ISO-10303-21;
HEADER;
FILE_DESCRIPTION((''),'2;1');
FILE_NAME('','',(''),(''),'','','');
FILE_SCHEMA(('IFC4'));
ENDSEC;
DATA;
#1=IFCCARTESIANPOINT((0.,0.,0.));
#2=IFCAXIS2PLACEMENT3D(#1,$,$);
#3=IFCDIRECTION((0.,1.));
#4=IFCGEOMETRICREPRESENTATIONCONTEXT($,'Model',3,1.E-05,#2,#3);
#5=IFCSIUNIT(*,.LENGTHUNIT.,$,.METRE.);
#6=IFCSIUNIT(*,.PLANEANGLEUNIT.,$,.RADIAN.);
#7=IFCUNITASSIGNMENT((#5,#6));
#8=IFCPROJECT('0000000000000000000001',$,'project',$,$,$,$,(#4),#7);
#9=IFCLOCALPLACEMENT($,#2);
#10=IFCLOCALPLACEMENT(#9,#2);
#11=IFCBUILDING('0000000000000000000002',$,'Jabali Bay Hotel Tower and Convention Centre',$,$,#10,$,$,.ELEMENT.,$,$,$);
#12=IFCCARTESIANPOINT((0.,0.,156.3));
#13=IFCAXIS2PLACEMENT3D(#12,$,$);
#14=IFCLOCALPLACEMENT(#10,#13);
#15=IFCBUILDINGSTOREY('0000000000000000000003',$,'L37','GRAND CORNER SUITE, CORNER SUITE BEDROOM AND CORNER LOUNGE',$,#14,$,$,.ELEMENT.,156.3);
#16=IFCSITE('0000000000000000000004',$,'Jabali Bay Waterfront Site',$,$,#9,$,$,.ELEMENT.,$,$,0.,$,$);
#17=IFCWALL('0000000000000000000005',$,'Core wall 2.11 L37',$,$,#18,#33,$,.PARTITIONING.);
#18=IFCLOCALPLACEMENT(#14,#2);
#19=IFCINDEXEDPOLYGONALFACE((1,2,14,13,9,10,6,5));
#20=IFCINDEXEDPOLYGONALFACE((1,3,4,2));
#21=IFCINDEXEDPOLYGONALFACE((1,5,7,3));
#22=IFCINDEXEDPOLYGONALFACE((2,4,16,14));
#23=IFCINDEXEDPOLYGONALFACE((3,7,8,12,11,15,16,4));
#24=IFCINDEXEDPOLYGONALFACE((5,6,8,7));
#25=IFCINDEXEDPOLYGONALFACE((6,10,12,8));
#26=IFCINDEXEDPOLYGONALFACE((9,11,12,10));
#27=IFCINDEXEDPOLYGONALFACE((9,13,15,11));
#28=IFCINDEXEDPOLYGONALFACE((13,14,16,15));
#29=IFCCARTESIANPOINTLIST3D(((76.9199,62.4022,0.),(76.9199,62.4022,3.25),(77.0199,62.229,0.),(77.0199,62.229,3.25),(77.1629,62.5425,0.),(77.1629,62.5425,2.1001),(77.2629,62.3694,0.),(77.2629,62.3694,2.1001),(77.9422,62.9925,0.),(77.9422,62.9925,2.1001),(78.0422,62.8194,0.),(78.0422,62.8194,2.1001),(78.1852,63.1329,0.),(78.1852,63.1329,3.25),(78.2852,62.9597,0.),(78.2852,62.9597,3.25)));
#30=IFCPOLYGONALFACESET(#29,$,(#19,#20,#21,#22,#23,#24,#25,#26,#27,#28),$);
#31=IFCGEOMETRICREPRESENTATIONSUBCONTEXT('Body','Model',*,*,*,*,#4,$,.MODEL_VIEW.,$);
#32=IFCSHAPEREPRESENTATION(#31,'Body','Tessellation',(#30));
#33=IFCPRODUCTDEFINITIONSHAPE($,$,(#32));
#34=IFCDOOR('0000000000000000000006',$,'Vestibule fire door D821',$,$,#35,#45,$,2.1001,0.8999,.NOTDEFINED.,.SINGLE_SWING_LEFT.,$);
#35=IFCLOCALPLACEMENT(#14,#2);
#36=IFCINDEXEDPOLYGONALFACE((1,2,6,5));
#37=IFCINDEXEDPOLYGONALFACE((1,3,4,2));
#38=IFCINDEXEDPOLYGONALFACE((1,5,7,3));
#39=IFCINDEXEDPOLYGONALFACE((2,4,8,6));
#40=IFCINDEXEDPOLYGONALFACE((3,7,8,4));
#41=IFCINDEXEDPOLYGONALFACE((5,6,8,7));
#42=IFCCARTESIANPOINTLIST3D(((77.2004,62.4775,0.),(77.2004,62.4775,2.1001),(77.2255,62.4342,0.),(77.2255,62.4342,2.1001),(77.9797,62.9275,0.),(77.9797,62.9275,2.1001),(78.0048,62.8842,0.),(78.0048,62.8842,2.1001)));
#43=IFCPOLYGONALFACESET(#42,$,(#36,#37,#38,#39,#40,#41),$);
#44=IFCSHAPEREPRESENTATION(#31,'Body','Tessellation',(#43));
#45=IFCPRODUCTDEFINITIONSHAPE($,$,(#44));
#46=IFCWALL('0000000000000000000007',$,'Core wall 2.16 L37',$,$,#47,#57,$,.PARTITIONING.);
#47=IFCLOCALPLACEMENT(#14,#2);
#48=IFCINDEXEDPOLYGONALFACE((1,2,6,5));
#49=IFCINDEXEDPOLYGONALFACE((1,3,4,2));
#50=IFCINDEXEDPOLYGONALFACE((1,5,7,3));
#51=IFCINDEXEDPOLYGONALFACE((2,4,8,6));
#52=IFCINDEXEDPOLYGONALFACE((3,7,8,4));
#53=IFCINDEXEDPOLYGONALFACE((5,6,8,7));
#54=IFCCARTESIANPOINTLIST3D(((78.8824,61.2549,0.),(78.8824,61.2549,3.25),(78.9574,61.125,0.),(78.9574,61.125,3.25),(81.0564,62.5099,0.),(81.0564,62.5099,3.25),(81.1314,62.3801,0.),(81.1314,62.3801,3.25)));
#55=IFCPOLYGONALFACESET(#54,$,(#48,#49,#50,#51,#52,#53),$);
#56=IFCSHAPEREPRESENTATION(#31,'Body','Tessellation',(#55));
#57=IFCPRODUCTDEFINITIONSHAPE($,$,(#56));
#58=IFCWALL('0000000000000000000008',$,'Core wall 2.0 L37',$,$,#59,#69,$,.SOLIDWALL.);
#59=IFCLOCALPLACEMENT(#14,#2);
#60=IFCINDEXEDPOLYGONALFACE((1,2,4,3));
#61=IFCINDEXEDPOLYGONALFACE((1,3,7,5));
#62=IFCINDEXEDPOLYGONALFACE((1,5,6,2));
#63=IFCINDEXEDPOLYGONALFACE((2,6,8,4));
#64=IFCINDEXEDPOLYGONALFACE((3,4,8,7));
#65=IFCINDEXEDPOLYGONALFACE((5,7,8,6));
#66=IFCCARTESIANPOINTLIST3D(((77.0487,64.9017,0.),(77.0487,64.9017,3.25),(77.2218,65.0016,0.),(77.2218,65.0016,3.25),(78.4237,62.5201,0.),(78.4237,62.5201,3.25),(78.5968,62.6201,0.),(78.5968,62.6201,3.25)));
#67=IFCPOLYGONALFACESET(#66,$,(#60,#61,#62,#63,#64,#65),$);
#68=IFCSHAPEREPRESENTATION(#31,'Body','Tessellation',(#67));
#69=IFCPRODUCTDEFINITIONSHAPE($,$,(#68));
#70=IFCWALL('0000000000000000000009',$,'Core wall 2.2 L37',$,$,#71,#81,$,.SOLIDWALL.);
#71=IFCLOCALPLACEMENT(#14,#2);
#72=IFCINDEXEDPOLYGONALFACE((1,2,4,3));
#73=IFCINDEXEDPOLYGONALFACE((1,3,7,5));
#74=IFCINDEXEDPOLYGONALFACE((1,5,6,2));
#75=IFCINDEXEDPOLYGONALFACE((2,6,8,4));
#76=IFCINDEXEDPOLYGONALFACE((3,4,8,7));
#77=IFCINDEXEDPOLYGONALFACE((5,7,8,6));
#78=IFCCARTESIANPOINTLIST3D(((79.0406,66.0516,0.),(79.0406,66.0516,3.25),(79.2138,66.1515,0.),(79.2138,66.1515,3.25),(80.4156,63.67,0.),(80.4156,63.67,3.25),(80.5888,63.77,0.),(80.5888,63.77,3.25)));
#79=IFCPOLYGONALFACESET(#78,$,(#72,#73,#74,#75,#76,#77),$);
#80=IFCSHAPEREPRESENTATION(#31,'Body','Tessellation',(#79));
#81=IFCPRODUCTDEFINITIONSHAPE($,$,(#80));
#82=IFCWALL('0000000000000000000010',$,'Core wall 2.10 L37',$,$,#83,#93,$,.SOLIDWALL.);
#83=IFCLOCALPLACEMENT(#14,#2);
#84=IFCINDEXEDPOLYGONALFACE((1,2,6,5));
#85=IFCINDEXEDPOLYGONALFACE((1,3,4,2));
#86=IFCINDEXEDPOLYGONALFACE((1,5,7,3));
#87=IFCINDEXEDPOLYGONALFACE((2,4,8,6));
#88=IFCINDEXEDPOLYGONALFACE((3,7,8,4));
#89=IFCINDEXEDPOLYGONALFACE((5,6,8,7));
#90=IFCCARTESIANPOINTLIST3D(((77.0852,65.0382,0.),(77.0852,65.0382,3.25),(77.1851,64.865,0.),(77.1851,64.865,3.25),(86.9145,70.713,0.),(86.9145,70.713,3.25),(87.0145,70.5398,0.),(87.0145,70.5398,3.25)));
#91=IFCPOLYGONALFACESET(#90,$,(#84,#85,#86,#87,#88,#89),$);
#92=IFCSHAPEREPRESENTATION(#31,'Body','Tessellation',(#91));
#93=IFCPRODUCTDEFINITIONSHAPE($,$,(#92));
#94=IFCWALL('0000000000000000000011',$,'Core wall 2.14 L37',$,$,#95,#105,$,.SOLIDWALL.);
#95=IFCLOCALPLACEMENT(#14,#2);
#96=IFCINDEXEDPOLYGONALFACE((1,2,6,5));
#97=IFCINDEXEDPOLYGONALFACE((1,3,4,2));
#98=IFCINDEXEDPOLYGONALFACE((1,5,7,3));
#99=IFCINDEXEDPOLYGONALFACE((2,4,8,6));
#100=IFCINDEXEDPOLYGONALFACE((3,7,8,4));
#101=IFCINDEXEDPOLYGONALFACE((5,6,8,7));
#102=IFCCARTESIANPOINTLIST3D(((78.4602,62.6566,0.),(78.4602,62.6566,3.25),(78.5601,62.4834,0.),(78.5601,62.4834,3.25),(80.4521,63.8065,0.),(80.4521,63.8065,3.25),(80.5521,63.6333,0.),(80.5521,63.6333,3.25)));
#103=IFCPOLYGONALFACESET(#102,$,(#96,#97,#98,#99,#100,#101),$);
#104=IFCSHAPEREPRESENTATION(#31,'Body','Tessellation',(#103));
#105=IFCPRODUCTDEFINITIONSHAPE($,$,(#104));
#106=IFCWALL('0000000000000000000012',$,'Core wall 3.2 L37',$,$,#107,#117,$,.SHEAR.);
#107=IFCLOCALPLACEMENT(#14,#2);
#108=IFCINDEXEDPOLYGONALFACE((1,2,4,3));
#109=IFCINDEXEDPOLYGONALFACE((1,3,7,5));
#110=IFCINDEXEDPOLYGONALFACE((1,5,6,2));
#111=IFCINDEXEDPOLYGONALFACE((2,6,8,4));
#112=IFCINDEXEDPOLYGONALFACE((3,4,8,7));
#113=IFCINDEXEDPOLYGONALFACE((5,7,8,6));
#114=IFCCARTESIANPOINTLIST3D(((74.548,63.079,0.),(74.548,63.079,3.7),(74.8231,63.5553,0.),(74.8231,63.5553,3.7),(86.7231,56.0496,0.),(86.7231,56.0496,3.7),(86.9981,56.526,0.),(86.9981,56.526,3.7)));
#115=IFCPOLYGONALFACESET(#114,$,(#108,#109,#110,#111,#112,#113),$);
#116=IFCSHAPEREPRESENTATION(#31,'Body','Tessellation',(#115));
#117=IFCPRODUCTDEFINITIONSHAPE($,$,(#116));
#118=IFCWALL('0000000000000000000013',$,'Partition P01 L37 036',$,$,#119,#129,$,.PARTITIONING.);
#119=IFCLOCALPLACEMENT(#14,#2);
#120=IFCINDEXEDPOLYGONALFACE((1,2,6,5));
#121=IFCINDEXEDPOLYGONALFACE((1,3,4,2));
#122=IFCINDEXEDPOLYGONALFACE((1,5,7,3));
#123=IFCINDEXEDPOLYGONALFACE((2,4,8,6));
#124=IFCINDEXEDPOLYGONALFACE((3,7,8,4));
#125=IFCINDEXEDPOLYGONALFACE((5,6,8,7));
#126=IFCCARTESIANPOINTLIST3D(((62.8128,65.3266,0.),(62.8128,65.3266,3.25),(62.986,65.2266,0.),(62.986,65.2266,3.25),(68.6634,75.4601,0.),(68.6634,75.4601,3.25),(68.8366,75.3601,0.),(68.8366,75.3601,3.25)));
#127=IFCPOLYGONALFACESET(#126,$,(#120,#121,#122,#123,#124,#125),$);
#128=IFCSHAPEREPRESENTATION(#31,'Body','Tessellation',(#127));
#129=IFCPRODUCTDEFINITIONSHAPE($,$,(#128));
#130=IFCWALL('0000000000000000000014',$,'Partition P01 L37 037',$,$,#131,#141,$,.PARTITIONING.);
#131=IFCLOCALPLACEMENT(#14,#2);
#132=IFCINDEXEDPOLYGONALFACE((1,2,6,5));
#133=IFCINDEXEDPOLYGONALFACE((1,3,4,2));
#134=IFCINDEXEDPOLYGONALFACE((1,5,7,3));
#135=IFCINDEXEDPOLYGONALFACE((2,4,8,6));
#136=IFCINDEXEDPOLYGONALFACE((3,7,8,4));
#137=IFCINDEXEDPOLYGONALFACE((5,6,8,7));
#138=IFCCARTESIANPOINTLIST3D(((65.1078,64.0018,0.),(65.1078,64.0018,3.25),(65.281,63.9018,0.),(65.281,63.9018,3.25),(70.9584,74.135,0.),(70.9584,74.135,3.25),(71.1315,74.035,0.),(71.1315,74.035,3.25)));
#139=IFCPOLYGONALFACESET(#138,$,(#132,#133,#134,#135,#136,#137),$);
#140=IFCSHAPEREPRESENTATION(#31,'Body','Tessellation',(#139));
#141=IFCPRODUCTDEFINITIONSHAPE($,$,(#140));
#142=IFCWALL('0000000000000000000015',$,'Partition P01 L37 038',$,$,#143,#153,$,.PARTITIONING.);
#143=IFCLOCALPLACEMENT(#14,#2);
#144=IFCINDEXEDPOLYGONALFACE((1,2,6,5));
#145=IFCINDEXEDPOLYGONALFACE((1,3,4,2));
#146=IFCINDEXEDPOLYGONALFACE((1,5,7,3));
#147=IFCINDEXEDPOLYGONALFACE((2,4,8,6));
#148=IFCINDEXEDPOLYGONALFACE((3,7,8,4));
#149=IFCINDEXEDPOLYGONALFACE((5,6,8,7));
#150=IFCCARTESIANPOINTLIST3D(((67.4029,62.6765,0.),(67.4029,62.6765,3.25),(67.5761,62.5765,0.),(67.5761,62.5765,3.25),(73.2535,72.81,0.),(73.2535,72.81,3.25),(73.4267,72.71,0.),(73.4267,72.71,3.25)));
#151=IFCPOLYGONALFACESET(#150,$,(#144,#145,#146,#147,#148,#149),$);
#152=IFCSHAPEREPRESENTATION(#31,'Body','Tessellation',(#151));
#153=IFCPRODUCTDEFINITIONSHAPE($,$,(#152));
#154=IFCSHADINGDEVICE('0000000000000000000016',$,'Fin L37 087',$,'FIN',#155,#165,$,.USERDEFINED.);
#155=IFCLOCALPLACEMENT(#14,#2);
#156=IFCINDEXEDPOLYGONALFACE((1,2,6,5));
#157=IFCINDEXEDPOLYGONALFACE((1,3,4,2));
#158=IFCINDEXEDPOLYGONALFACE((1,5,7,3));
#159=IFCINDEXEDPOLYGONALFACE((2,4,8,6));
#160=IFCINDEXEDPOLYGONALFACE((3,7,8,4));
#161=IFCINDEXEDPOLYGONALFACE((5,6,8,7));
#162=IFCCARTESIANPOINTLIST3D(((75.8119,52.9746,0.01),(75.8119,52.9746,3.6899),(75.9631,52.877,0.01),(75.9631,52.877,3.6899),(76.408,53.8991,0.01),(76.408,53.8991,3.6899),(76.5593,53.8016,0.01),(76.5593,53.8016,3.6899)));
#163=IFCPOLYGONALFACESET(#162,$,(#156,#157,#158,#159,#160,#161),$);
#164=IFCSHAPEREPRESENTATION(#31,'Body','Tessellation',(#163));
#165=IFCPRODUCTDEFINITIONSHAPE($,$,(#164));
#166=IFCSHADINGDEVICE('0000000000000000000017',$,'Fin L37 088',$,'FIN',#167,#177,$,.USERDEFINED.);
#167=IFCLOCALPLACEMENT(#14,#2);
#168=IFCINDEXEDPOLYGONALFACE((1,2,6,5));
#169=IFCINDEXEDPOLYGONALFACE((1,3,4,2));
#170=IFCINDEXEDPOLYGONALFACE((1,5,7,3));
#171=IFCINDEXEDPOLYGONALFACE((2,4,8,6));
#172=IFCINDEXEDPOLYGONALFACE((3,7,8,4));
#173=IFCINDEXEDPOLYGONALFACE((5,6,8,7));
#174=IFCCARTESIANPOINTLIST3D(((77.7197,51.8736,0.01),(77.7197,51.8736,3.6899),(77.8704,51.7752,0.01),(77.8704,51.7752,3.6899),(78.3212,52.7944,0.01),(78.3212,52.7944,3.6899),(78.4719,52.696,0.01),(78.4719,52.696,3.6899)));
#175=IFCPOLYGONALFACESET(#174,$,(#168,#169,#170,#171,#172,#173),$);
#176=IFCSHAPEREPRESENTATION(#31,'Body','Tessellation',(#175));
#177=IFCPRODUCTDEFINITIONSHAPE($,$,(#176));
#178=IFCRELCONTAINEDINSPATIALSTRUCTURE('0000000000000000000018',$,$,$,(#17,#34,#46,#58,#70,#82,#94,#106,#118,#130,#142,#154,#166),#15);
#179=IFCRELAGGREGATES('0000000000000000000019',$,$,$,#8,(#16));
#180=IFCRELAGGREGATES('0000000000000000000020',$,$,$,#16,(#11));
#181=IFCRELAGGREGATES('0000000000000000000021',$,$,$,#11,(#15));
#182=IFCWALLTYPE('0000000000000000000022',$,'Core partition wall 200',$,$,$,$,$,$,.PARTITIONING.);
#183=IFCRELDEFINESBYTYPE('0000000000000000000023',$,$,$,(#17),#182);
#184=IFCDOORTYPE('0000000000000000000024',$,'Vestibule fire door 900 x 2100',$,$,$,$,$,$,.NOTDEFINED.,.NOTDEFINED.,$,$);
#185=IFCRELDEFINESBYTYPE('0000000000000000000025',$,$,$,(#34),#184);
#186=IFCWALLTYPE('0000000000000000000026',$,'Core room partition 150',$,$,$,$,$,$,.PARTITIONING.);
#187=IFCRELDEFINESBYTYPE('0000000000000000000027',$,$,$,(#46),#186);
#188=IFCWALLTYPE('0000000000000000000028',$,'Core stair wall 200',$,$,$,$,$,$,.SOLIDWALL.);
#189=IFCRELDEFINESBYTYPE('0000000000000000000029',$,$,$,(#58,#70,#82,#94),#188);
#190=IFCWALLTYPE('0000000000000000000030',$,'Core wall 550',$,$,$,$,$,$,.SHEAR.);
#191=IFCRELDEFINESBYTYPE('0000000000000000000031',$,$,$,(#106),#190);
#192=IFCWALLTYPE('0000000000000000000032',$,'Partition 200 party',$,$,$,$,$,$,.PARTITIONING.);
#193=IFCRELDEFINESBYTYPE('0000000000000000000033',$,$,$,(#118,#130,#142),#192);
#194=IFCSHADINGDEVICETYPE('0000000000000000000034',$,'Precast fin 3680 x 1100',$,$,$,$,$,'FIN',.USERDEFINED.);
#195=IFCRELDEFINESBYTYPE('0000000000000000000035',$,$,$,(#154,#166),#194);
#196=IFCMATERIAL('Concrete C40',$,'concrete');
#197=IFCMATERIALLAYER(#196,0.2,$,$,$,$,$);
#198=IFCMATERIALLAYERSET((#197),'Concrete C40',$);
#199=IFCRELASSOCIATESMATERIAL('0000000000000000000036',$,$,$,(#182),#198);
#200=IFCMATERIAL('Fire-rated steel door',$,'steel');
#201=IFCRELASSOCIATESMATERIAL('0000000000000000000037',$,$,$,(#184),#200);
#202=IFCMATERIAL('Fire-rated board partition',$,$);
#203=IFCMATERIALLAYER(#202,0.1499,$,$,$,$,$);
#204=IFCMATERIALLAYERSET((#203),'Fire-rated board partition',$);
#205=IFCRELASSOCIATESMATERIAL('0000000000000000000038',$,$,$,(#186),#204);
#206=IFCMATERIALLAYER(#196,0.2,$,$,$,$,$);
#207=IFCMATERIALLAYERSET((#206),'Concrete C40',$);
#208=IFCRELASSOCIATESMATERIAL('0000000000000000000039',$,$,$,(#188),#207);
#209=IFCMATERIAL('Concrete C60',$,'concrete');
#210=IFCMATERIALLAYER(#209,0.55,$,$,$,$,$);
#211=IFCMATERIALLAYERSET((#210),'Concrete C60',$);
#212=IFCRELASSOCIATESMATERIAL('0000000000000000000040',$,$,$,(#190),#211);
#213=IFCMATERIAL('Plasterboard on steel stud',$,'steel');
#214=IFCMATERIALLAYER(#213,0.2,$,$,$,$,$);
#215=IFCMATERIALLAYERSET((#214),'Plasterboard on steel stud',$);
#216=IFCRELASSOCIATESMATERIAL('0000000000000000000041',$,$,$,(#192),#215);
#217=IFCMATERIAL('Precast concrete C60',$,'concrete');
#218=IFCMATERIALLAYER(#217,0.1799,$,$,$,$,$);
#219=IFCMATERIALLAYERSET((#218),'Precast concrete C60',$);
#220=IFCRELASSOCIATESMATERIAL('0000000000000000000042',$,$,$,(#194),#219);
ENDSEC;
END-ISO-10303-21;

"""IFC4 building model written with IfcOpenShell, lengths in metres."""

from ifc_helpers import new_model, si_unit, direction, frame, frame_2d, origin, place, context, subcontext, project, spatial, rectangle, extrude, material, layer, layer_set, type_object, element, fill, save


model = new_model("IFC4")

# Units and contexts
model_context = context("Model", 3, precision=1e-05, world=origin(), true_north=direction((0.0, 1.0)))
body_context = subcontext(model_context, "Body", "Model", "MODEL_VIEW")
ifc_project = project(units=[si_unit("LENGTHUNIT", "METRE"), si_unit("PLANEANGLEUNIT", "RADIAN")], contexts=[model_context])

# Site, building, storey
site_placement = place(None, origin())
site = spatial("IfcSite", under=ifc_project, at=site_placement, Name="Jabali Bay Waterfront Site", CompositionType="ELEMENT", RefElevation=0.0)
building_placement = place(site_placement, origin())
building = spatial("IfcBuilding", under=site, at=building_placement, Name="Jabali Bay Hotel Tower and Convention Centre", CompositionType="ELEMENT")
storey_placement = place(building_placement, frame((0.0, 0.0, 156.3)))
storey = spatial("IfcBuildingStorey", under=building, at=storey_placement, Name="L37", Description="GRAND CORNER SUITE, CORNER SUITE BEDROOM AND CORNER LOUNGE", CompositionType="ELEMENT", Elevation=156.3)

# Shared definitions
ifc_material_1 = material(Name="Concrete C60", Category="concrete")

# Shared definitions
ifc_material_2 = material(Name="Concrete C40", Category="concrete")

# Wall, opening, door
ifc_layer_1 = layer(ifc_material_2, 0.2)
ifc_layer_set_1 = layer_set([ifc_layer_1], Name="Concrete C40")
wall_type_1 = type_object("IfcWallType", Name="Core partition wall 200", PredefinedType="PARTITIONING", material=ifc_layer_set_1)
wall_1_placement = place(storey_placement, frame((76.97, 62.3157, 0.0), z_axis=(0.0, 0.0, 1.0), x_axis=(0.865982, 0.500074, 0.0)))
wall_1 = element("IfcWall", 1, at=wall_1_placement, inside=storey, type_object=wall_type_1, Name="Core wall 2.11 L37", PredefinedType="PARTITIONING", context=body_context, shape_type="SweptSolid", body=[
    extrude(rectangle(XDim=1.4612, YDim=0.2, at=frame_2d((0.7305, 0.0))), origin(), (0.0, 0.0, 1.0), 3.25),
])
opening_placement = place(wall_1_placement, frame((0.2805, 0.0, 0.0)))
opening = element("IfcOpeningElement", 2, at=opening_placement, cuts=wall_1, PredefinedType="OPENING", context=body_context, shape_type="SweptSolid", body=[
    extrude(rectangle(XDim=0.8999, YDim=2.1001, at=frame_2d((0.45, 1.05))), frame((0.0, 0.1104, 0.0), z_axis=(0.0, -1.0, 0.0), x_axis=(1.0, 0.0, 0.0)), (0.0, 0.0, 1.0), 0.2209),
])
ifc_material_3 = material(Name="Fire-rated steel door", Category="steel")
door_type = type_object("IfcDoorType", Name="Vestibule fire door 900 x 2100", OperationType="NOTDEFINED", PredefinedType="NOTDEFINED", material=ifc_material_3)
door_placement = place(opening_placement, origin())
door = element("IfcDoor", 3, at=door_placement, inside=storey, type_object=door_type, Name="Vestibule fire door D821", OperationType="SINGLE_SWING_LEFT", OverallHeight=2.1001, OverallWidth=0.8999, PredefinedType="NOTDEFINED", context=body_context, shape_type="SweptSolid", body=[
    extrude(rectangle(XDim=0.8999, YDim=2.1001, at=frame_2d((0.45, 1.05))), frame((0.0, 0.0249, 0.0), z_axis=(0.0, -1.0, 0.0), x_axis=(1.0, 0.0, 0.0)), (0.0, 0.0, 1.0), 0.05),
])
fill(opening, door)

# Walls
ifc_material_4 = material(Name="Fire-rated board partition")
ifc_layer_2 = layer(ifc_material_4, 0.1499)
ifc_layer_set_2 = layer_set([ifc_layer_2], Name="Fire-rated board partition")
wall_type_2 = type_object("IfcWallType", Name="Core room partition 150", PredefinedType="PARTITIONING", material=ifc_layer_set_2)
wall_2_placement = place(storey_placement, frame((78.9199, 61.1899, 0.0), z_axis=(0.0, 0.0, 1.0), x_axis=(0.866038, 0.499978, 0.0)))
element("IfcWall", 4, at=wall_2_placement, inside=storey, type_object=wall_type_2, Name="Core wall 2.16 L37", PredefinedType="PARTITIONING", context=body_context, shape_type="SweptSolid", body=[
    extrude(rectangle(XDim=2.5103, YDim=0.1499, at=frame_2d((1.2551, 0.0))), origin(), (0.0, 0.0, 1.0), 3.25),
])
ifc_layer_3 = layer(ifc_material_2, 0.2)
ifc_layer_set_3 = layer_set([ifc_layer_3], Name="Concrete C40")
wall_type_3 = type_object("IfcWallType", Name="Core stair wall 200", PredefinedType="SOLIDWALL", material=ifc_layer_set_3)
for number, where, z_axis, x_axis, name in (
    (5, (77.1353, 64.9517, 0.0), (0.0, 0.0, 1.0), (0.499997, -0.866027, 0.0), "Core wall 2.0 L37"),
    (6, (79.1272, 66.1016, 0.0), (0.0, 0.0, 1.0), (0.499997, -0.866027, 0.0), "Core wall 2.2 L37"),
):
    element("IfcWall", number, at=place(storey_placement, frame(where, z_axis=z_axis, x_axis=x_axis)), inside=storey, type_object=wall_type_3, Name=name, PredefinedType="SOLIDWALL", context=body_context, shape_type="SweptSolid", body=[
        extrude(rectangle(XDim=2.75, YDim=0.2, at=frame_2d((1.375, 0.0))), origin(), (0.0, 0.0, 1.0), 3.25),
    ])
wall_3_placement = place(storey_placement, frame((77.1353, 64.9517, 0.0), z_axis=(0.0, 0.0, 1.0), x_axis=(0.866032, 0.499989, 0.0)))
element("IfcWall", 7, at=wall_3_placement, inside=storey, type_object=wall_type_3, Name="Core wall 2.10 L37", PredefinedType="SOLIDWALL", context=body_context, shape_type="SweptSolid", body=[
    extrude(rectangle(XDim=11.3499, YDim=0.2, at=frame_2d((5.6748, 0.0))), origin(), (0.0, 0.0, 1.0), 3.25),
])
wall_4_placement = place(storey_placement, frame((78.5103, 62.5701, 0.0), z_axis=(0.0, 0.0, 1.0), x_axis=(0.866053, 0.499952, 0.0)))
element("IfcWall", 8, at=wall_4_placement, inside=storey, type_object=wall_type_3, Name="Core wall 2.14 L37", PredefinedType="SOLIDWALL", context=body_context, shape_type="SweptSolid", body=[
    extrude(rectangle(XDim=2.3, YDim=0.2, at=frame_2d((1.1499, 0.0))), origin(), (0.0, 0.0, 1.0), 3.25),
])
ifc_layer_4 = layer(ifc_material_1, 0.55)
ifc_layer_set_4 = layer_set([ifc_layer_4], Name="Concrete C60")
wall_type_4 = type_object("IfcWallType", Name="Core wall 550", PredefinedType="SHEAR", material=ifc_layer_set_4)
wall_5_placement = place(storey_placement, frame((74.6855, 63.3171, 0.0), z_axis=(0.0, 0.0, 1.0), x_axis=(0.866025, -0.500002, 0.0)))
element("IfcWall", 9, at=wall_5_placement, inside=storey, type_object=wall_type_4, Name="Core wall 3.2 L37", PredefinedType="SHEAR", context=body_context, shape_type="SweptSolid", body=[
    extrude(rectangle(XDim=14.0586, YDim=0.55, at=frame_2d((7.0293, 0.0))), origin(), (0.0, 0.0, 1.0), 3.7),
])
ifc_material_5 = material(Name="Plasterboard on steel stud", Category="steel")
ifc_layer_5 = layer(ifc_material_5, 0.2)
ifc_layer_set_5 = layer_set([ifc_layer_5], Name="Plasterboard on steel stud")
wall_type_5 = type_object("IfcWallType", Name="Partition 200 party", PredefinedType="PARTITIONING", material=ifc_layer_set_5)
wall_6_placement = place(storey_placement, frame((62.8994, 65.2766, 0.0), z_axis=(0.0, 0.0, 1.0), x_axis=(0.499999, 0.866026, 0.0)))
element("IfcWall", 10, at=wall_6_placement, inside=storey, type_object=wall_type_5, Name="Partition P01 L37 036", PredefinedType="PARTITIONING", context=body_context, shape_type="SweptSolid", body=[
    extrude(rectangle(XDim=11.7012, YDim=0.2, at=frame_2d((5.8506, 0.0))), origin(), (0.0, 0.0, 1.0), 3.25),
])
wall_7_placement = place(storey_placement, frame((65.1943, 63.9517, 0.0), z_axis=(0.0, 0.0, 1.0), x_axis=(0.500008, 0.866021, 0.0)))
element("IfcWall", 11, at=wall_7_placement, inside=storey, type_object=wall_type_5, Name="Partition P01 L37 037", PredefinedType="PARTITIONING", context=body_context, shape_type="SweptSolid", body=[
    extrude(rectangle(XDim=11.7009, YDim=0.2, at=frame_2d((5.8506, 0.0))), origin(), (0.0, 0.0, 1.0), 3.25),
])
wall_8_placement = place(storey_placement, frame((67.4895, 62.6265, 0.0), z_axis=(0.0, 0.0, 1.0), x_axis=(0.499999, 0.866026, 0.0)))
element("IfcWall", 12, at=wall_8_placement, inside=storey, type_object=wall_type_5, Name="Partition P01 L37 038", PredefinedType="PARTITIONING", context=body_context, shape_type="SweptSolid", body=[
    extrude(rectangle(XDim=11.7012, YDim=0.2, at=frame_2d((5.8506, 0.0))), origin(), (0.0, 0.0, 1.0), 3.25),
])

# Shading devices
ifc_material_6 = material(Name="Precast concrete C60", Category="concrete")
ifc_layer_6 = layer(ifc_material_6, 0.1799)
ifc_layer_set_6 = layer_set([ifc_layer_6], Name="Precast concrete C60")
shading_device_type_1 = type_object("IfcShadingDeviceType", Name="Precast fin 3680 x 1100", ElementType="FIN", PredefinedType="USERDEFINED", material=ifc_layer_set_6)
shading_device_1_placement = place(storey_placement, frame((76.4836, 53.8503, 0.01), z_axis=(0.0, 0.0, 1.0), x_axis=(-0.541935, -0.840421, 0.0)))
element("IfcShadingDevice", 13, at=shading_device_1_placement, inside=storey, type_object=shading_device_type_1, Name="Fin L37 087", ObjectType="FIN", PredefinedType="USERDEFINED", context=body_context, shape_type="SweptSolid", body=[
    extrude(rectangle(XDim=1.1001, YDim=0.1799, at=frame_2d((0.55, 0.0))), origin(), (0.0, 0.0, 1.0), 3.6799),
])
shading_device_2_placement = place(storey_placement, frame((78.3965, 52.7451, 0.01), z_axis=(0.0, 0.0, 1.0), x_axis=(-0.546891, -0.837204, 0.0)))
element("IfcShadingDevice", 14, at=shading_device_2_placement, inside=storey, type_object=shading_device_type_1, Name="Fin L37 088", ObjectType="FIN", PredefinedType="USERDEFINED", context=body_context, shape_type="SweptSolid", body=[
    extrude(rectangle(XDim=1.0999, YDim=0.1799, at=frame_2d((0.5498, 0.0))), origin(), (0.0, 0.0, 1.0), 3.6799),
])

save(model, "model.ifc")
